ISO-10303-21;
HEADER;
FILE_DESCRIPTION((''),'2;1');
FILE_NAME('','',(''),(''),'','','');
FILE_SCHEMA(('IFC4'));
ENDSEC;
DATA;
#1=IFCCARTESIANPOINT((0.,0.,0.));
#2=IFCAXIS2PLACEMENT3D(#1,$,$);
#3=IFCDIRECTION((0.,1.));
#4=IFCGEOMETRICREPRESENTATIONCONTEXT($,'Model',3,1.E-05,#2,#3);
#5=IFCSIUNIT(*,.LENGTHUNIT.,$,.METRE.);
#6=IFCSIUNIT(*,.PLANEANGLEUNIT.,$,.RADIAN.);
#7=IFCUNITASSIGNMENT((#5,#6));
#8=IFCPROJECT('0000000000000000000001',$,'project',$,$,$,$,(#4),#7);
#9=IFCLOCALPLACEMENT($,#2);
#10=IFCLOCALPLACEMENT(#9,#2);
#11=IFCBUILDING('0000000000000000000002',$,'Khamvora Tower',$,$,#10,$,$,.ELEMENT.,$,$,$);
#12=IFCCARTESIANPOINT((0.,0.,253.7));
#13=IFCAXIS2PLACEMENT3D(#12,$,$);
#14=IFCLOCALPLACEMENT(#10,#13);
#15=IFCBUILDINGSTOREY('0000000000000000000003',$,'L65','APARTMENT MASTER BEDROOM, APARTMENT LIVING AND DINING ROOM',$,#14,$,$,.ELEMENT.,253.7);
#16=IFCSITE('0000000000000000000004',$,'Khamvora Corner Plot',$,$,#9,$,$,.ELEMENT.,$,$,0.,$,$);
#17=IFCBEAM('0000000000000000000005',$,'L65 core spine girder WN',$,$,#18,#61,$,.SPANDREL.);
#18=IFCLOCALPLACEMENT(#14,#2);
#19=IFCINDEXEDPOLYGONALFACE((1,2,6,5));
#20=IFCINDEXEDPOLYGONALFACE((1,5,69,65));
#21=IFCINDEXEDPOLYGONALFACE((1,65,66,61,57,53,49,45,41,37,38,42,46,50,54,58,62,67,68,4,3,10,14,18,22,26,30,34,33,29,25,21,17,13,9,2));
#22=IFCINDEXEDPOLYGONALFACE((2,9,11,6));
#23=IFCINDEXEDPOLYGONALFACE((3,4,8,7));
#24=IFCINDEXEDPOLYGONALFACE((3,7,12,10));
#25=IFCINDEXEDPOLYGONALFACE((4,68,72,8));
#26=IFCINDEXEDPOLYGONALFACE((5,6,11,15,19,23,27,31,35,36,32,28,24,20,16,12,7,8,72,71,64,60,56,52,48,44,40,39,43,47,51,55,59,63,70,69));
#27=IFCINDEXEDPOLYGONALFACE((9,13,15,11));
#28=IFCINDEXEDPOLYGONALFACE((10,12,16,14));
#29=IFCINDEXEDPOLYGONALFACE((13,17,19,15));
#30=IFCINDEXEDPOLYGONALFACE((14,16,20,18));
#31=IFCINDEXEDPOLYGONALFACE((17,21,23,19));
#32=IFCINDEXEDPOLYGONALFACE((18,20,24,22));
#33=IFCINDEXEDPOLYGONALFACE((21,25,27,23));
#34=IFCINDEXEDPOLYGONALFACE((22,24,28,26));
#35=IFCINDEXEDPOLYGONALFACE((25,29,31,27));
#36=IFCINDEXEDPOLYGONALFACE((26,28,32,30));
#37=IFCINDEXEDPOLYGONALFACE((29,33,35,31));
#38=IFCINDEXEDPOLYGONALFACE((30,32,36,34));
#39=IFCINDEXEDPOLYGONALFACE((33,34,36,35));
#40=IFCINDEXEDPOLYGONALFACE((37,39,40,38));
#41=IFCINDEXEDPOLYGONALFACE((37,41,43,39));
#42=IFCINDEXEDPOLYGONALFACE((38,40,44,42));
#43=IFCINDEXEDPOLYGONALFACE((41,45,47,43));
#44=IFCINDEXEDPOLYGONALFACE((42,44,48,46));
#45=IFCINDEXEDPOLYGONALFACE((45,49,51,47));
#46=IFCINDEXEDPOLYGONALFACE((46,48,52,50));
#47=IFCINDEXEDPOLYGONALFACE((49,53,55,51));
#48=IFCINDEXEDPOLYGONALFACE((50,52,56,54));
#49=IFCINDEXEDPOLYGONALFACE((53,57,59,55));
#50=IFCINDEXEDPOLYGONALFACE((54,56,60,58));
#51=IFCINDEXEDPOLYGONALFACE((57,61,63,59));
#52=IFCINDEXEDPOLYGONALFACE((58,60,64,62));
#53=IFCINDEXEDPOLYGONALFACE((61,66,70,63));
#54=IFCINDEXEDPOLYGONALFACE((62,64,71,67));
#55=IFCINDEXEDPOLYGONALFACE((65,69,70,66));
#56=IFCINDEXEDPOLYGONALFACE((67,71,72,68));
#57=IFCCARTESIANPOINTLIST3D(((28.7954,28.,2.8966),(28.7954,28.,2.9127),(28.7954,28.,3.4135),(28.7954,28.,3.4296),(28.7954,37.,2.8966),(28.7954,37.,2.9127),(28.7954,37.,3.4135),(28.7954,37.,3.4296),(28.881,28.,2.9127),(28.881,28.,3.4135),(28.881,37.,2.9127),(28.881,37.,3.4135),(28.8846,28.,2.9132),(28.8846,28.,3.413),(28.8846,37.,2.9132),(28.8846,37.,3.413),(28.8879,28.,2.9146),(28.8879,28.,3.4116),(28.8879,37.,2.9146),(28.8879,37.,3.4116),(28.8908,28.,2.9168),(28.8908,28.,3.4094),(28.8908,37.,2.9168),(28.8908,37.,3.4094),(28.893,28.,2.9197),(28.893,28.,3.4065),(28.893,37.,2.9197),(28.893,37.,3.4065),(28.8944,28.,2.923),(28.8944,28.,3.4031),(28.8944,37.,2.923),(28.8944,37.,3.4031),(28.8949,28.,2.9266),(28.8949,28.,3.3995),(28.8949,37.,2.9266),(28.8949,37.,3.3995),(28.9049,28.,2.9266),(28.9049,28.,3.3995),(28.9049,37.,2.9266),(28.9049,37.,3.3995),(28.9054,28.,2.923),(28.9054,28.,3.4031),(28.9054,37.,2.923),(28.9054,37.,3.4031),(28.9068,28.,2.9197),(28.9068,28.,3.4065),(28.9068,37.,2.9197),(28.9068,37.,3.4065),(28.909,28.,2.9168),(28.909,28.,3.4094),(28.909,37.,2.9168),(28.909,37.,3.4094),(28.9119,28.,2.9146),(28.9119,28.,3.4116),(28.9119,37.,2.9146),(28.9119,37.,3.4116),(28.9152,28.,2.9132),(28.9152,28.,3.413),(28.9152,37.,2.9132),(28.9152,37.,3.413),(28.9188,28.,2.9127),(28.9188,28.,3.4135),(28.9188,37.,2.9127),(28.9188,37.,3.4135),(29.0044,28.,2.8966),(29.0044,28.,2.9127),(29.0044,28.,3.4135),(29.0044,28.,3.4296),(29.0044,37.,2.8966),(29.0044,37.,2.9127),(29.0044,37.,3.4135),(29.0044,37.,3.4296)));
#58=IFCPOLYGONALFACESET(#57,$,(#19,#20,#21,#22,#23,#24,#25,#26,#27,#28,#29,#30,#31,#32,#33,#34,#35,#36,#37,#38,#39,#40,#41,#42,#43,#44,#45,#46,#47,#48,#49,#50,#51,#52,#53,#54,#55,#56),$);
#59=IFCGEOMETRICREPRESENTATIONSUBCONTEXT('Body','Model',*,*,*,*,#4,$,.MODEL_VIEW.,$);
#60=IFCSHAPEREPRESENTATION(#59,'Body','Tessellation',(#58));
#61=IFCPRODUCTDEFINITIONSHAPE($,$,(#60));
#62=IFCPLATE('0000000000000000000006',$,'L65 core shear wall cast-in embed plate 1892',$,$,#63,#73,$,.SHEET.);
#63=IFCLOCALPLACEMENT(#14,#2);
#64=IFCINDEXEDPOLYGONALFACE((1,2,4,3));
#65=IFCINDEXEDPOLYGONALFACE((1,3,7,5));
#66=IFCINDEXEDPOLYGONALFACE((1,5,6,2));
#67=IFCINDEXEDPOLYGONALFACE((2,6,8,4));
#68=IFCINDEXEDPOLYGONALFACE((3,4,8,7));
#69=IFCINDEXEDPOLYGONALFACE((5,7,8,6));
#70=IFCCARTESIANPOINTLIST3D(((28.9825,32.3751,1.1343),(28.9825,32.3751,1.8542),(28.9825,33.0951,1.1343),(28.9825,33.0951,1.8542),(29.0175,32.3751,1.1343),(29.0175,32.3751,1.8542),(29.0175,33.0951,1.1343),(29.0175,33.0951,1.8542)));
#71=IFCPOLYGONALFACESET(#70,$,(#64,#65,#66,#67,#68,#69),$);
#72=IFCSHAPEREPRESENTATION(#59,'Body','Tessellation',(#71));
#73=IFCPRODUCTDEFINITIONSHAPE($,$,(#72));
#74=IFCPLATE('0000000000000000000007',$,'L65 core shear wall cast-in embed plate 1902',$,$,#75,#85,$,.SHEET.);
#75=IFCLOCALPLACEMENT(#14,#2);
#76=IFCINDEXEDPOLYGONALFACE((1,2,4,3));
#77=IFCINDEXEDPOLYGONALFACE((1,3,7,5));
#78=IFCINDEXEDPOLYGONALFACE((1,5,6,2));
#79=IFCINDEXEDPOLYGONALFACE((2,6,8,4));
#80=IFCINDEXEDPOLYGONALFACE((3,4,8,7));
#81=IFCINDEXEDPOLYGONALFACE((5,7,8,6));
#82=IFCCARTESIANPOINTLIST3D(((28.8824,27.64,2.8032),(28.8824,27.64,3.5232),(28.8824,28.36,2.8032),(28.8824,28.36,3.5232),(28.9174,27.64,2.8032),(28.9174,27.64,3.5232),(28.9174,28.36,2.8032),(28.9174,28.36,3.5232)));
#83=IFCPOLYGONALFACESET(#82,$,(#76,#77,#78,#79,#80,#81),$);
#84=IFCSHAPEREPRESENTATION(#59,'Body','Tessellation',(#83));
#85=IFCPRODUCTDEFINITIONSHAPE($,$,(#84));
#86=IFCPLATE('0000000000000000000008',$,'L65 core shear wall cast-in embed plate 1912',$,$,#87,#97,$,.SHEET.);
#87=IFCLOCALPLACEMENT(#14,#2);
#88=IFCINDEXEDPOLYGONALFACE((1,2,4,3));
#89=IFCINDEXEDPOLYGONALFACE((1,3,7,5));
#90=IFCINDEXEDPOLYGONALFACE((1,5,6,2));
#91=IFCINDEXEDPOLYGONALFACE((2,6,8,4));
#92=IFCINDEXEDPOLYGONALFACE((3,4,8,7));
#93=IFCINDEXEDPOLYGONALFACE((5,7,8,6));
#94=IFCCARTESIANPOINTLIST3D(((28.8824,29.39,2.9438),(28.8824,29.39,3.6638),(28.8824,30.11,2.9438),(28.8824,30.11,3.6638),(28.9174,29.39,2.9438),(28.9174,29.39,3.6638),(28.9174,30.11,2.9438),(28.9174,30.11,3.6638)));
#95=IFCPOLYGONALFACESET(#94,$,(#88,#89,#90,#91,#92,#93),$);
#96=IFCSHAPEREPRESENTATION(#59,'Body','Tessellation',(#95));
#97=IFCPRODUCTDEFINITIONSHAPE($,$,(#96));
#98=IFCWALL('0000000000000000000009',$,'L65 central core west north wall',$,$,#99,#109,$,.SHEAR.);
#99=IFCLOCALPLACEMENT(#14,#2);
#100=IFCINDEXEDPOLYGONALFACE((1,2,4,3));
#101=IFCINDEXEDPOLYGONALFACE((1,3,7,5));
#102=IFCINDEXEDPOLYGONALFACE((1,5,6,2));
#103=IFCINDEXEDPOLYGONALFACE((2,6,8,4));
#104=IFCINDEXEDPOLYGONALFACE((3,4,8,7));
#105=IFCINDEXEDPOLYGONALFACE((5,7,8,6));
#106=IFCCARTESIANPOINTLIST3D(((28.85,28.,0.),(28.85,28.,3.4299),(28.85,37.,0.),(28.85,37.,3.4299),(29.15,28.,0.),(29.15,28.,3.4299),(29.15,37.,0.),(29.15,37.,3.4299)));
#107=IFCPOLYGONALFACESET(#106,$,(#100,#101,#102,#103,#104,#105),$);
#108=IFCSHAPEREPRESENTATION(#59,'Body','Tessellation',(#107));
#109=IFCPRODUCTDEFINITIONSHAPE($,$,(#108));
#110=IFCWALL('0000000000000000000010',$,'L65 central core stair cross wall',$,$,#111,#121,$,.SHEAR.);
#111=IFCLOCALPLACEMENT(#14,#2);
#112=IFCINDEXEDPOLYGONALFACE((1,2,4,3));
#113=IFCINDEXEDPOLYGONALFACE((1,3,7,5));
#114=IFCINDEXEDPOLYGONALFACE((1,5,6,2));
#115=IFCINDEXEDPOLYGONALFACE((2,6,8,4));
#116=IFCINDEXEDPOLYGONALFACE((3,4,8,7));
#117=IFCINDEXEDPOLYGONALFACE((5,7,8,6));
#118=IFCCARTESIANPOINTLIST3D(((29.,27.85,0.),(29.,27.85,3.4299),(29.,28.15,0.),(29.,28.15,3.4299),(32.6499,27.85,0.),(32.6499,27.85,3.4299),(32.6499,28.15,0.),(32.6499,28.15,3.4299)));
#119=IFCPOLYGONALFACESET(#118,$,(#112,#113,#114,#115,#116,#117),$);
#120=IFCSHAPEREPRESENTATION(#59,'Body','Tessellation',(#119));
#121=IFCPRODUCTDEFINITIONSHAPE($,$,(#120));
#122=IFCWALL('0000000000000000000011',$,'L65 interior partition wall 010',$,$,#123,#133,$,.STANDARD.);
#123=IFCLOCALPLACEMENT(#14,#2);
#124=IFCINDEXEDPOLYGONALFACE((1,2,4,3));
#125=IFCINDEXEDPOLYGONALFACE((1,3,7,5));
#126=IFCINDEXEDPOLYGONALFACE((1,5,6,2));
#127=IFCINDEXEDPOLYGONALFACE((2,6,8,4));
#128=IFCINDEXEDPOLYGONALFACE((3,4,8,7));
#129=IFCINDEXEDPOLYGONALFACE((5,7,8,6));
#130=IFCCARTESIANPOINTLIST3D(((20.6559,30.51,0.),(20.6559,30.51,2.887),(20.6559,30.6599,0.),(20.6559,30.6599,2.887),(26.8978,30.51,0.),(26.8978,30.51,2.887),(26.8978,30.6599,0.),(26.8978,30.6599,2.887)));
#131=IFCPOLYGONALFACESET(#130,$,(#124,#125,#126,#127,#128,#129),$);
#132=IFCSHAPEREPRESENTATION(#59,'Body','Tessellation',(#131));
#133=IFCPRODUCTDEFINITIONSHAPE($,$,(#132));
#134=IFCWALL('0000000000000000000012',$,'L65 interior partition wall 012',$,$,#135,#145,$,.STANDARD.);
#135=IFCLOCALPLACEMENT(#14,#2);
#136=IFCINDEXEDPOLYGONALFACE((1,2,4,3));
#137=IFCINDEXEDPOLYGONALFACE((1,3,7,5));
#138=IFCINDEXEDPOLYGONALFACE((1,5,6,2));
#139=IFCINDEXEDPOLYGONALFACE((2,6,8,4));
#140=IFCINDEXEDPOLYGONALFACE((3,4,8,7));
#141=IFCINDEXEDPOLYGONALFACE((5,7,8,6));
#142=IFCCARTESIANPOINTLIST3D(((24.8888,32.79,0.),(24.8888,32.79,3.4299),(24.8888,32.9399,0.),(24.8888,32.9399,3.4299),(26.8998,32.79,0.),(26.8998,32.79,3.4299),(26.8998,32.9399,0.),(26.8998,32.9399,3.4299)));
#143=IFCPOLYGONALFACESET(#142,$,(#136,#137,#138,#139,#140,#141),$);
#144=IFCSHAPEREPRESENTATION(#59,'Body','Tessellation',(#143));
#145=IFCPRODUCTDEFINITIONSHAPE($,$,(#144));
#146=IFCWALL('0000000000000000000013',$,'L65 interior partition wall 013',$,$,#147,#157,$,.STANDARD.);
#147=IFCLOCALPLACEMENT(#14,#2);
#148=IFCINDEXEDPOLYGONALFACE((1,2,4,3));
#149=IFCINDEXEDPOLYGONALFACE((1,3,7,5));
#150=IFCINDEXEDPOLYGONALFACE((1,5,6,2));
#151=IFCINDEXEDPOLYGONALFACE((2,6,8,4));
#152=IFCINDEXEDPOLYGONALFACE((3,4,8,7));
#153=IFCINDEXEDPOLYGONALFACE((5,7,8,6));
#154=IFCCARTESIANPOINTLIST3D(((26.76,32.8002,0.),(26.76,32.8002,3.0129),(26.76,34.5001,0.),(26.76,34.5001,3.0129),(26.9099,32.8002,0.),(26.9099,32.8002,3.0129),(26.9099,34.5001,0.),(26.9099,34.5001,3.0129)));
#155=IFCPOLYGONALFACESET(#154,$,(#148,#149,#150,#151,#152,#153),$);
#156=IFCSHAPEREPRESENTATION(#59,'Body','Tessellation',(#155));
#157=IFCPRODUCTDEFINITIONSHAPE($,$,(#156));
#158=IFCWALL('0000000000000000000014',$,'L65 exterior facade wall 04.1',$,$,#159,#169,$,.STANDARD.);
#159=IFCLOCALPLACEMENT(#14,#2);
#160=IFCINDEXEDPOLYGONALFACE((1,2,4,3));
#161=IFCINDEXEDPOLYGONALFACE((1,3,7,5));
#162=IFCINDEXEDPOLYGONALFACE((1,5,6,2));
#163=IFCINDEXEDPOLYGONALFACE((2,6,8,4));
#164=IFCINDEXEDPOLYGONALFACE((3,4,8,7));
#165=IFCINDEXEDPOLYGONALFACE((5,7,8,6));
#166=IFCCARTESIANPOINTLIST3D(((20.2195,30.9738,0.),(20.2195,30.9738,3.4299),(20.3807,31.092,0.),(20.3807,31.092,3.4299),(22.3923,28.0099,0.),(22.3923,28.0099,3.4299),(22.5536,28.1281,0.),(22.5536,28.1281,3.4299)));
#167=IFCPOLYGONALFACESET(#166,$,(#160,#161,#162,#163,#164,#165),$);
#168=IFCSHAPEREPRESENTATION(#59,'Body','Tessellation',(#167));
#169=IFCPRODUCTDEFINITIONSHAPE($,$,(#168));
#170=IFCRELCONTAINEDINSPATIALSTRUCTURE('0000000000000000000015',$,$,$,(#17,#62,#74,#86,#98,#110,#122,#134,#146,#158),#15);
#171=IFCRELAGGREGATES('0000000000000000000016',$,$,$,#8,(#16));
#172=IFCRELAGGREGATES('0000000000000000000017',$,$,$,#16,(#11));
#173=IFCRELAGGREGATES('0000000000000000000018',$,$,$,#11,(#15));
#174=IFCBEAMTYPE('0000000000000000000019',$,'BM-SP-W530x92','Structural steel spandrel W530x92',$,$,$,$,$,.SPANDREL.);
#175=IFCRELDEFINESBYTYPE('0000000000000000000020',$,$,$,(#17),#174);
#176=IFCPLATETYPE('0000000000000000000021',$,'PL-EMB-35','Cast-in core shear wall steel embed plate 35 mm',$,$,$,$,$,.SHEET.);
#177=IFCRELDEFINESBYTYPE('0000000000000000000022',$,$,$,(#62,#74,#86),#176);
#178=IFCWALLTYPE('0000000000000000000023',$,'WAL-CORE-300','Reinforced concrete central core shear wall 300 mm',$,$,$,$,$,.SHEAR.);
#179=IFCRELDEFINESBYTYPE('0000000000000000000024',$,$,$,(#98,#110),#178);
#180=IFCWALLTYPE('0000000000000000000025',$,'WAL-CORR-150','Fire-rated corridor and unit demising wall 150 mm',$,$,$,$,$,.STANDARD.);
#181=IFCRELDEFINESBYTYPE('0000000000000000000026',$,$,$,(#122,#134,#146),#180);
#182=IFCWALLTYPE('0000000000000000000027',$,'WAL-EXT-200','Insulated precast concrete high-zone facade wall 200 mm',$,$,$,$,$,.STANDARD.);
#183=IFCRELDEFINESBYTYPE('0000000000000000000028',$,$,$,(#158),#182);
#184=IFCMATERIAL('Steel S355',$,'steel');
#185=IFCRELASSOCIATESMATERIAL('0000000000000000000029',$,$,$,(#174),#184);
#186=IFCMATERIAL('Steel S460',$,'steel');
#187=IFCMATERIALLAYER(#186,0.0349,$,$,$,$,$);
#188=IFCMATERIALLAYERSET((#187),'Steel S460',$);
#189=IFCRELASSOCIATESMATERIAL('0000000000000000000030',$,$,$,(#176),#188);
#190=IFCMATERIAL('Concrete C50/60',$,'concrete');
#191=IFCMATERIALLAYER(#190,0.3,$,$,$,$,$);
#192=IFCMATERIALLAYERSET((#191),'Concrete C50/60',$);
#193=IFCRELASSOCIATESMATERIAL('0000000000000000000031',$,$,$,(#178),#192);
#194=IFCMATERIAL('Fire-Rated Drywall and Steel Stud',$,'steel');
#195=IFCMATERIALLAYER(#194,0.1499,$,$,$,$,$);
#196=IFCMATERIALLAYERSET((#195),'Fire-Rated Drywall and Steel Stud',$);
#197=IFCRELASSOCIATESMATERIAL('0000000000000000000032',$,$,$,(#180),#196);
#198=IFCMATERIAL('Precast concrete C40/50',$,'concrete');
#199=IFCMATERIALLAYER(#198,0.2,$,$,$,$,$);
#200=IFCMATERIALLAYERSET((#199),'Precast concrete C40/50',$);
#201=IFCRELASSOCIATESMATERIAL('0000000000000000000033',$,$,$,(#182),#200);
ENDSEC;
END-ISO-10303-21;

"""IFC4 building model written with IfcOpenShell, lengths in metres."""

from ifc_helpers import new_model, si_unit, direction, frame, frame_2d, origin, origin_2d, place, context, subcontext, project, spatial, rectangle, i_section, extrude, material, layer, layer_set, material_profile, profile_set, type_object, element, save


model = new_model("IFC4")

# Units and contexts
model_context = context("Model", 3, precision=1e-05, world=origin(), true_north=direction((0.0, 1.0)))
body_context = subcontext(model_context, "Body", "Model", "MODEL_VIEW")
ifc_project = project(units=[si_unit("LENGTHUNIT", "METRE"), si_unit("PLANEANGLEUNIT", "RADIAN")], contexts=[model_context])

# Site, building, storey
site_placement = place(None, origin())
site = spatial("IfcSite", under=ifc_project, at=site_placement, Name="Khamvora Corner Plot", CompositionType="ELEMENT", RefElevation=0.0)
building_placement = place(site_placement, origin())
building = spatial("IfcBuilding", under=site, at=building_placement, Name="Khamvora Tower", CompositionType="ELEMENT")
storey_placement = place(building_placement, frame((0.0, 0.0, 253.7)))
storey = spatial("IfcBuildingStorey", under=building, at=storey_placement, Name="L65", Description="APARTMENT MASTER BEDROOM, APARTMENT LIVING AND DINING ROOM", CompositionType="ELEMENT", Elevation=253.7)

# Beam
ifc_material_1 = material(Name="Steel S355", Category="steel")
ifc_material_profile_1 = material_profile(ifc_material_1, i_section(OverallWidth=0.209, OverallDepth=0.533, WebThickness=0.01, FlangeThickness=0.0161, FilletRadius=0.0139, at=origin_2d()), Name="W530x92")
ifc_profile_set_1 = profile_set([ifc_material_profile_1], Name="Steel S355")
beam_type_1 = type_object("IfcBeamType", Name="BM-SP-W530x92", Description="Structural steel spandrel W530x92", PredefinedType="SPANDREL", material=ifc_profile_set_1)
beam_1_placement = place(storey_placement, frame((28.8999, 28.0, 3.1631), z_axis=(0.0, 1.0, 0.0), x_axis=(-1.0, 0.0, 0.0)))
element("IfcBeam", 1, at=beam_1_placement, inside=storey, type_object=beam_type_1, Name="L65 core spine girder WN", PredefinedType="SPANDREL", context=body_context, shape_type="SweptSolid", body=[
    extrude(i_section(OverallWidth=0.209, OverallDepth=0.533, WebThickness=0.01, FlangeThickness=0.0161, FilletRadius=0.0139, at=origin_2d()), origin(), (0.0, 0.0, 1.0), 9.0),
])

# Plates
ifc_material_2 = material(Name="Steel S460", Category="steel")
ifc_layer_1 = layer(ifc_material_2, 0.0349)
ifc_layer_set_1 = layer_set([ifc_layer_1], Name="Steel S460")
plate_type = type_object("IfcPlateType", Name="PL-EMB-35", Description="Cast-in core shear wall steel embed plate 35 mm", PredefinedType="SHEET", material=ifc_layer_set_1)
for number, where, z_axis, x_axis, name in (
    (2, (29.0, 32.7351, 1.1343), (0.0, 0.0, 1.0), (1.0, 0.0, 0.0), "L65 core shear wall cast-in embed plate 1892"),
    (3, (28.8999, 28.0, 2.8032), (0.0, 0.0, 1.0), (1.0, 0.0, 0.0), "L65 core shear wall cast-in embed plate 1902"),
    (4, (28.8999, 29.75, 2.9438), (0.0, 0.0, 1.0), (1.0, 0.0, 0.0), "L65 core shear wall cast-in embed plate 1912"),
):
    element("IfcPlate", number, at=place(storey_placement, frame(where, z_axis=z_axis, x_axis=x_axis)), inside=storey, type_object=plate_type, Name=name, PredefinedType="SHEET", context=body_context, shape_type="SweptSolid", body=[
        extrude(rectangle(XDim=0.0349, YDim=0.72, at=origin_2d()), origin(), (0.0, 0.0, 1.0), 0.72),
    ])

# Walls
ifc_material_3 = material(Name="Concrete C50/60", Category="concrete")
ifc_layer_2 = layer(ifc_material_3, 0.3)
ifc_layer_set_2 = layer_set([ifc_layer_2], Name="Concrete C50/60")
wall_type_1 = type_object("IfcWallType", Name="WAL-CORE-300", Description="Reinforced concrete central core shear wall 300 mm", PredefinedType="SHEAR", material=ifc_layer_set_2)
wall_1_placement = place(storey_placement, frame((29.0, 28.0, 0.0), z_axis=(0.0, 0.0, 1.0), x_axis=(0.0, 1.0, 0.0)))
element("IfcWall", 5, at=wall_1_placement, inside=storey, type_object=wall_type_1, Name="L65 central core west north wall", PredefinedType="SHEAR", context=body_context, shape_type="SweptSolid", body=[
    extrude(rectangle(XDim=9.0, YDim=0.3, at=frame_2d((4.5, 0.0))), origin(), (0.0, 0.0, 1.0), 3.4299),
])
wall_2_placement = place(storey_placement, frame((29.0, 28.0, 0.0), z_axis=(0.0, 0.0, 1.0), x_axis=(1.0, 0.0, 0.0)))
element("IfcWall", 6, at=wall_2_placement, inside=storey, type_object=wall_type_1, Name="L65 central core stair cross wall", PredefinedType="SHEAR", context=body_context, shape_type="SweptSolid", body=[
    extrude(rectangle(XDim=3.6499, YDim=0.3, at=frame_2d((1.825, 0.0))), origin(), (0.0, 0.0, 1.0), 3.4299),
])
ifc_material_4 = material(Name="Fire-Rated Drywall and Steel Stud", Category="steel")
ifc_layer_3 = layer(ifc_material_4, 0.1499)
ifc_layer_set_3 = layer_set([ifc_layer_3], Name="Fire-Rated Drywall and Steel Stud")
wall_type_2 = type_object("IfcWallType", Name="WAL-CORR-150", Description="Fire-rated corridor and unit demising wall 150 mm", PredefinedType="STANDARD", material=ifc_layer_set_3)
wall_3_placement = place(storey_placement, frame((26.8979, 30.585, 0.0), z_axis=(0.0, 0.0, 1.0), x_axis=(-1.0, 0.0, 0.0)))
element("IfcWall", 7, at=wall_3_placement, inside=storey, type_object=wall_type_2, Name="L65 interior partition wall 010", PredefinedType="STANDARD", context=body_context, shape_type="SweptSolid", body=[
    extrude(rectangle(XDim=6.2419, YDim=0.1499, at=frame_2d((3.1211, 0.0))), origin(), (0.0, 0.0, 1.0), 2.887),
])

# Walls
wall_4_placement = place(storey_placement, frame((24.8889, 32.865, 0.0), z_axis=(0.0, 0.0, 1.0), x_axis=(1.0, 0.0, 0.0)))
element("IfcWall", 8, at=wall_4_placement, inside=storey, type_object=wall_type_2, Name="L65 interior partition wall 012", PredefinedType="STANDARD", context=body_context, shape_type="SweptSolid", body=[
    extrude(rectangle(XDim=2.011, YDim=0.1499, at=frame_2d((1.0054, 0.0))), origin(), (0.0, 0.0, 1.0), 3.4299),
])
wall_5_placement = place(storey_placement, frame((26.835, 32.8, 0.0), z_axis=(0.0, 0.0, 1.0), x_axis=(0.0, 1.0, 0.0)))
element("IfcWall", 9, at=wall_5_placement, inside=storey, type_object=wall_type_2, Name="L65 interior partition wall 013", PredefinedType="STANDARD", context=body_context, shape_type="SweptSolid", body=[
    extrude(rectangle(XDim=1.7, YDim=0.1499, at=frame_2d((0.8501, 0.0))), origin(), (0.0, 0.0, 1.0), 3.0129),
])
ifc_material_5 = material(Name="Precast concrete C40/50", Category="concrete")
ifc_layer_4 = layer(ifc_material_5, 0.2)
ifc_layer_set_4 = layer_set([ifc_layer_4], Name="Precast concrete C40/50")
wall_type_3 = type_object("IfcWallType", Name="WAL-EXT-200", Description="Insulated precast concrete high-zone facade wall 200 mm", PredefinedType="STANDARD", material=ifc_layer_set_4)
wall_6_placement = place(storey_placement, frame((22.4729, 28.0691, 0.0), z_axis=(0.0, 0.0, 1.0), x_axis=(-0.591248, 0.806489, 0.0)))
element("IfcWall", 10, at=wall_6_placement, inside=storey, type_object=wall_type_3, Name="L65 exterior facade wall 04.1", PredefinedType="STANDARD", context=body_context, shape_type="SweptSolid", body=[
    extrude(rectangle(XDim=3.675, YDim=0.2, at=frame_2d((1.8374, 0.0))), origin(), (0.0, 0.0, 1.0), 3.4299),
])

save(model, "model.ifc")
